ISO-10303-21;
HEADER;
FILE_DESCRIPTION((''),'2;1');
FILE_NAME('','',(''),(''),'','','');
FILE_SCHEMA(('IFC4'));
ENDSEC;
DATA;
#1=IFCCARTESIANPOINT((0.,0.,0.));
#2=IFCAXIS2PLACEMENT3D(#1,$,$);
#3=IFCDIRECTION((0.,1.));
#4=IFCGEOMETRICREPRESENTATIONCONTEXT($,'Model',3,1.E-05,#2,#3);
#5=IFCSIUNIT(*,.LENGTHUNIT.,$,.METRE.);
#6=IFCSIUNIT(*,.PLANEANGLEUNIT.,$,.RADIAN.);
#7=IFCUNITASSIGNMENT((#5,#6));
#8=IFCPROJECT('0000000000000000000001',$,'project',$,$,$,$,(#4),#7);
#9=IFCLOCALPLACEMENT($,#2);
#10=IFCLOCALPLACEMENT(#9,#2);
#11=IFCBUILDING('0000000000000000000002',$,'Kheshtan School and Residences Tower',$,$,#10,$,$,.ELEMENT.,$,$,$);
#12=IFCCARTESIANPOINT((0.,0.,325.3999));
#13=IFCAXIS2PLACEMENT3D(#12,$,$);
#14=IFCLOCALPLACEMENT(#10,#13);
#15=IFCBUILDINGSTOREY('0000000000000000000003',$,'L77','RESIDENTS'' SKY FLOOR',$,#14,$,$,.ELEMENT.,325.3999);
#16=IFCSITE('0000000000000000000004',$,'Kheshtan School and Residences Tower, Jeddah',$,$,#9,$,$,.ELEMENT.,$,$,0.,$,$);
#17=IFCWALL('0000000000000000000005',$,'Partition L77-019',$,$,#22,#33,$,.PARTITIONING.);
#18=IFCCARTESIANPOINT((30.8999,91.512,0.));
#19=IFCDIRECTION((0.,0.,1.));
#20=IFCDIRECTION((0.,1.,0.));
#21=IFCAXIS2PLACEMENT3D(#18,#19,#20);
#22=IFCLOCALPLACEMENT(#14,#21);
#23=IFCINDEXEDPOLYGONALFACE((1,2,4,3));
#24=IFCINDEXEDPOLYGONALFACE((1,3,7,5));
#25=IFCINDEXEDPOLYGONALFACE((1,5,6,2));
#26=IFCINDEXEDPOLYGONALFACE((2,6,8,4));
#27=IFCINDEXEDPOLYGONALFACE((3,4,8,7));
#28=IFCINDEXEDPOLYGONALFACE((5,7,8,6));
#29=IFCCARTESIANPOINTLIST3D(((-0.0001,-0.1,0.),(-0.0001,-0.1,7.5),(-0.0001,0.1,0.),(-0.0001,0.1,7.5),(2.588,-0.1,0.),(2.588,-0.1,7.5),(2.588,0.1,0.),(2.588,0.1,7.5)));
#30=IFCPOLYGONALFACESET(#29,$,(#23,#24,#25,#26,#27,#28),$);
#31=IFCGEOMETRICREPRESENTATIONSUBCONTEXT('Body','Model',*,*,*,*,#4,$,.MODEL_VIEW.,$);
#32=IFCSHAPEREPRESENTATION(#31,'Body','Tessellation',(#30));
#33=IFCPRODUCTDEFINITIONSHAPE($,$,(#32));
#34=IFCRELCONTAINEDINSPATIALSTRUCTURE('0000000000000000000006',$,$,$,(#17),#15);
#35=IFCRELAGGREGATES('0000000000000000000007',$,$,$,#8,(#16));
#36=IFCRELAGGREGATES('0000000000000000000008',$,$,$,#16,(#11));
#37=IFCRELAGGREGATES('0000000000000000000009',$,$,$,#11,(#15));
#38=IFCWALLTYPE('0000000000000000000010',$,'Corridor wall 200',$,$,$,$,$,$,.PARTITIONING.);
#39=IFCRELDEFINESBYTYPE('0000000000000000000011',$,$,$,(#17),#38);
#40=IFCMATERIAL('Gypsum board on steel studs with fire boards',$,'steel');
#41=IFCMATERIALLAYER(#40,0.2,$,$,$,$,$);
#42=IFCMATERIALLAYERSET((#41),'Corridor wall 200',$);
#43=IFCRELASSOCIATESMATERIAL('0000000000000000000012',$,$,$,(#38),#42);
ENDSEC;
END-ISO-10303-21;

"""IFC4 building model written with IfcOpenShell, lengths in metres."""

from ifc_helpers import new_model, si_unit, direction, frame, frame_2d, origin, place, context, subcontext, project, spatial, rectangle, extrude, material, layer, layer_set, type_object, element, save


model = new_model("IFC4")

# Units and contexts
model_context = context("Model", 3, precision=1e-05, world=origin(), true_north=direction((0.0, 1.0)))
body_context = subcontext(model_context, "Body", "Model", "MODEL_VIEW")
ifc_project = project(units=[si_unit("LENGTHUNIT", "METRE"), si_unit("PLANEANGLEUNIT", "RADIAN")], contexts=[model_context])

# Site, building, storey
site_placement = place(None, origin())
site = spatial("IfcSite", under=ifc_project, at=site_placement, Name="Kheshtan School and Residences Tower, Jeddah", CompositionType="ELEMENT", RefElevation=0.0)
building_placement = place(site_placement, origin())
building = spatial("IfcBuilding", under=site, at=building_placement, Name="Kheshtan School and Residences Tower", CompositionType="ELEMENT")
storey_placement = place(building_placement, frame((0.0, 0.0, 325.3999)))
storey = spatial("IfcBuildingStorey", under=building, at=storey_placement, Name="L77", Description="RESIDENTS' SKY FLOOR", CompositionType="ELEMENT", Elevation=325.3999)

# Wall
ifc_material_1 = material(Name="Gypsum board on steel studs with fire boards", Category="steel")
ifc_layer_1 = layer(ifc_material_1, 0.2)
ifc_layer_set_1 = layer_set([ifc_layer_1], Name="Corridor wall 200")
wall_type_1 = type_object("IfcWallType", Name="Corridor wall 200", PredefinedType="PARTITIONING", material=ifc_layer_set_1)
wall_1_placement = place(storey_placement, frame((30.8999, 91.512, 0.0), z_axis=(0.0, 0.0, 1.0), x_axis=(0.0, 1.0, 0.0)))
element("IfcWall", 1, at=wall_1_placement, inside=storey, type_object=wall_type_1, Name="Partition L77-019", PredefinedType="PARTITIONING", context=body_context, shape_type="SweptSolid", body=[
    extrude(rectangle(XDim=2.5881, YDim=0.2, at=frame_2d((1.2939, 0.0))), origin(), (0.0, 0.0, 1.0), 7.5),
])

save(model, "model.ifc")
